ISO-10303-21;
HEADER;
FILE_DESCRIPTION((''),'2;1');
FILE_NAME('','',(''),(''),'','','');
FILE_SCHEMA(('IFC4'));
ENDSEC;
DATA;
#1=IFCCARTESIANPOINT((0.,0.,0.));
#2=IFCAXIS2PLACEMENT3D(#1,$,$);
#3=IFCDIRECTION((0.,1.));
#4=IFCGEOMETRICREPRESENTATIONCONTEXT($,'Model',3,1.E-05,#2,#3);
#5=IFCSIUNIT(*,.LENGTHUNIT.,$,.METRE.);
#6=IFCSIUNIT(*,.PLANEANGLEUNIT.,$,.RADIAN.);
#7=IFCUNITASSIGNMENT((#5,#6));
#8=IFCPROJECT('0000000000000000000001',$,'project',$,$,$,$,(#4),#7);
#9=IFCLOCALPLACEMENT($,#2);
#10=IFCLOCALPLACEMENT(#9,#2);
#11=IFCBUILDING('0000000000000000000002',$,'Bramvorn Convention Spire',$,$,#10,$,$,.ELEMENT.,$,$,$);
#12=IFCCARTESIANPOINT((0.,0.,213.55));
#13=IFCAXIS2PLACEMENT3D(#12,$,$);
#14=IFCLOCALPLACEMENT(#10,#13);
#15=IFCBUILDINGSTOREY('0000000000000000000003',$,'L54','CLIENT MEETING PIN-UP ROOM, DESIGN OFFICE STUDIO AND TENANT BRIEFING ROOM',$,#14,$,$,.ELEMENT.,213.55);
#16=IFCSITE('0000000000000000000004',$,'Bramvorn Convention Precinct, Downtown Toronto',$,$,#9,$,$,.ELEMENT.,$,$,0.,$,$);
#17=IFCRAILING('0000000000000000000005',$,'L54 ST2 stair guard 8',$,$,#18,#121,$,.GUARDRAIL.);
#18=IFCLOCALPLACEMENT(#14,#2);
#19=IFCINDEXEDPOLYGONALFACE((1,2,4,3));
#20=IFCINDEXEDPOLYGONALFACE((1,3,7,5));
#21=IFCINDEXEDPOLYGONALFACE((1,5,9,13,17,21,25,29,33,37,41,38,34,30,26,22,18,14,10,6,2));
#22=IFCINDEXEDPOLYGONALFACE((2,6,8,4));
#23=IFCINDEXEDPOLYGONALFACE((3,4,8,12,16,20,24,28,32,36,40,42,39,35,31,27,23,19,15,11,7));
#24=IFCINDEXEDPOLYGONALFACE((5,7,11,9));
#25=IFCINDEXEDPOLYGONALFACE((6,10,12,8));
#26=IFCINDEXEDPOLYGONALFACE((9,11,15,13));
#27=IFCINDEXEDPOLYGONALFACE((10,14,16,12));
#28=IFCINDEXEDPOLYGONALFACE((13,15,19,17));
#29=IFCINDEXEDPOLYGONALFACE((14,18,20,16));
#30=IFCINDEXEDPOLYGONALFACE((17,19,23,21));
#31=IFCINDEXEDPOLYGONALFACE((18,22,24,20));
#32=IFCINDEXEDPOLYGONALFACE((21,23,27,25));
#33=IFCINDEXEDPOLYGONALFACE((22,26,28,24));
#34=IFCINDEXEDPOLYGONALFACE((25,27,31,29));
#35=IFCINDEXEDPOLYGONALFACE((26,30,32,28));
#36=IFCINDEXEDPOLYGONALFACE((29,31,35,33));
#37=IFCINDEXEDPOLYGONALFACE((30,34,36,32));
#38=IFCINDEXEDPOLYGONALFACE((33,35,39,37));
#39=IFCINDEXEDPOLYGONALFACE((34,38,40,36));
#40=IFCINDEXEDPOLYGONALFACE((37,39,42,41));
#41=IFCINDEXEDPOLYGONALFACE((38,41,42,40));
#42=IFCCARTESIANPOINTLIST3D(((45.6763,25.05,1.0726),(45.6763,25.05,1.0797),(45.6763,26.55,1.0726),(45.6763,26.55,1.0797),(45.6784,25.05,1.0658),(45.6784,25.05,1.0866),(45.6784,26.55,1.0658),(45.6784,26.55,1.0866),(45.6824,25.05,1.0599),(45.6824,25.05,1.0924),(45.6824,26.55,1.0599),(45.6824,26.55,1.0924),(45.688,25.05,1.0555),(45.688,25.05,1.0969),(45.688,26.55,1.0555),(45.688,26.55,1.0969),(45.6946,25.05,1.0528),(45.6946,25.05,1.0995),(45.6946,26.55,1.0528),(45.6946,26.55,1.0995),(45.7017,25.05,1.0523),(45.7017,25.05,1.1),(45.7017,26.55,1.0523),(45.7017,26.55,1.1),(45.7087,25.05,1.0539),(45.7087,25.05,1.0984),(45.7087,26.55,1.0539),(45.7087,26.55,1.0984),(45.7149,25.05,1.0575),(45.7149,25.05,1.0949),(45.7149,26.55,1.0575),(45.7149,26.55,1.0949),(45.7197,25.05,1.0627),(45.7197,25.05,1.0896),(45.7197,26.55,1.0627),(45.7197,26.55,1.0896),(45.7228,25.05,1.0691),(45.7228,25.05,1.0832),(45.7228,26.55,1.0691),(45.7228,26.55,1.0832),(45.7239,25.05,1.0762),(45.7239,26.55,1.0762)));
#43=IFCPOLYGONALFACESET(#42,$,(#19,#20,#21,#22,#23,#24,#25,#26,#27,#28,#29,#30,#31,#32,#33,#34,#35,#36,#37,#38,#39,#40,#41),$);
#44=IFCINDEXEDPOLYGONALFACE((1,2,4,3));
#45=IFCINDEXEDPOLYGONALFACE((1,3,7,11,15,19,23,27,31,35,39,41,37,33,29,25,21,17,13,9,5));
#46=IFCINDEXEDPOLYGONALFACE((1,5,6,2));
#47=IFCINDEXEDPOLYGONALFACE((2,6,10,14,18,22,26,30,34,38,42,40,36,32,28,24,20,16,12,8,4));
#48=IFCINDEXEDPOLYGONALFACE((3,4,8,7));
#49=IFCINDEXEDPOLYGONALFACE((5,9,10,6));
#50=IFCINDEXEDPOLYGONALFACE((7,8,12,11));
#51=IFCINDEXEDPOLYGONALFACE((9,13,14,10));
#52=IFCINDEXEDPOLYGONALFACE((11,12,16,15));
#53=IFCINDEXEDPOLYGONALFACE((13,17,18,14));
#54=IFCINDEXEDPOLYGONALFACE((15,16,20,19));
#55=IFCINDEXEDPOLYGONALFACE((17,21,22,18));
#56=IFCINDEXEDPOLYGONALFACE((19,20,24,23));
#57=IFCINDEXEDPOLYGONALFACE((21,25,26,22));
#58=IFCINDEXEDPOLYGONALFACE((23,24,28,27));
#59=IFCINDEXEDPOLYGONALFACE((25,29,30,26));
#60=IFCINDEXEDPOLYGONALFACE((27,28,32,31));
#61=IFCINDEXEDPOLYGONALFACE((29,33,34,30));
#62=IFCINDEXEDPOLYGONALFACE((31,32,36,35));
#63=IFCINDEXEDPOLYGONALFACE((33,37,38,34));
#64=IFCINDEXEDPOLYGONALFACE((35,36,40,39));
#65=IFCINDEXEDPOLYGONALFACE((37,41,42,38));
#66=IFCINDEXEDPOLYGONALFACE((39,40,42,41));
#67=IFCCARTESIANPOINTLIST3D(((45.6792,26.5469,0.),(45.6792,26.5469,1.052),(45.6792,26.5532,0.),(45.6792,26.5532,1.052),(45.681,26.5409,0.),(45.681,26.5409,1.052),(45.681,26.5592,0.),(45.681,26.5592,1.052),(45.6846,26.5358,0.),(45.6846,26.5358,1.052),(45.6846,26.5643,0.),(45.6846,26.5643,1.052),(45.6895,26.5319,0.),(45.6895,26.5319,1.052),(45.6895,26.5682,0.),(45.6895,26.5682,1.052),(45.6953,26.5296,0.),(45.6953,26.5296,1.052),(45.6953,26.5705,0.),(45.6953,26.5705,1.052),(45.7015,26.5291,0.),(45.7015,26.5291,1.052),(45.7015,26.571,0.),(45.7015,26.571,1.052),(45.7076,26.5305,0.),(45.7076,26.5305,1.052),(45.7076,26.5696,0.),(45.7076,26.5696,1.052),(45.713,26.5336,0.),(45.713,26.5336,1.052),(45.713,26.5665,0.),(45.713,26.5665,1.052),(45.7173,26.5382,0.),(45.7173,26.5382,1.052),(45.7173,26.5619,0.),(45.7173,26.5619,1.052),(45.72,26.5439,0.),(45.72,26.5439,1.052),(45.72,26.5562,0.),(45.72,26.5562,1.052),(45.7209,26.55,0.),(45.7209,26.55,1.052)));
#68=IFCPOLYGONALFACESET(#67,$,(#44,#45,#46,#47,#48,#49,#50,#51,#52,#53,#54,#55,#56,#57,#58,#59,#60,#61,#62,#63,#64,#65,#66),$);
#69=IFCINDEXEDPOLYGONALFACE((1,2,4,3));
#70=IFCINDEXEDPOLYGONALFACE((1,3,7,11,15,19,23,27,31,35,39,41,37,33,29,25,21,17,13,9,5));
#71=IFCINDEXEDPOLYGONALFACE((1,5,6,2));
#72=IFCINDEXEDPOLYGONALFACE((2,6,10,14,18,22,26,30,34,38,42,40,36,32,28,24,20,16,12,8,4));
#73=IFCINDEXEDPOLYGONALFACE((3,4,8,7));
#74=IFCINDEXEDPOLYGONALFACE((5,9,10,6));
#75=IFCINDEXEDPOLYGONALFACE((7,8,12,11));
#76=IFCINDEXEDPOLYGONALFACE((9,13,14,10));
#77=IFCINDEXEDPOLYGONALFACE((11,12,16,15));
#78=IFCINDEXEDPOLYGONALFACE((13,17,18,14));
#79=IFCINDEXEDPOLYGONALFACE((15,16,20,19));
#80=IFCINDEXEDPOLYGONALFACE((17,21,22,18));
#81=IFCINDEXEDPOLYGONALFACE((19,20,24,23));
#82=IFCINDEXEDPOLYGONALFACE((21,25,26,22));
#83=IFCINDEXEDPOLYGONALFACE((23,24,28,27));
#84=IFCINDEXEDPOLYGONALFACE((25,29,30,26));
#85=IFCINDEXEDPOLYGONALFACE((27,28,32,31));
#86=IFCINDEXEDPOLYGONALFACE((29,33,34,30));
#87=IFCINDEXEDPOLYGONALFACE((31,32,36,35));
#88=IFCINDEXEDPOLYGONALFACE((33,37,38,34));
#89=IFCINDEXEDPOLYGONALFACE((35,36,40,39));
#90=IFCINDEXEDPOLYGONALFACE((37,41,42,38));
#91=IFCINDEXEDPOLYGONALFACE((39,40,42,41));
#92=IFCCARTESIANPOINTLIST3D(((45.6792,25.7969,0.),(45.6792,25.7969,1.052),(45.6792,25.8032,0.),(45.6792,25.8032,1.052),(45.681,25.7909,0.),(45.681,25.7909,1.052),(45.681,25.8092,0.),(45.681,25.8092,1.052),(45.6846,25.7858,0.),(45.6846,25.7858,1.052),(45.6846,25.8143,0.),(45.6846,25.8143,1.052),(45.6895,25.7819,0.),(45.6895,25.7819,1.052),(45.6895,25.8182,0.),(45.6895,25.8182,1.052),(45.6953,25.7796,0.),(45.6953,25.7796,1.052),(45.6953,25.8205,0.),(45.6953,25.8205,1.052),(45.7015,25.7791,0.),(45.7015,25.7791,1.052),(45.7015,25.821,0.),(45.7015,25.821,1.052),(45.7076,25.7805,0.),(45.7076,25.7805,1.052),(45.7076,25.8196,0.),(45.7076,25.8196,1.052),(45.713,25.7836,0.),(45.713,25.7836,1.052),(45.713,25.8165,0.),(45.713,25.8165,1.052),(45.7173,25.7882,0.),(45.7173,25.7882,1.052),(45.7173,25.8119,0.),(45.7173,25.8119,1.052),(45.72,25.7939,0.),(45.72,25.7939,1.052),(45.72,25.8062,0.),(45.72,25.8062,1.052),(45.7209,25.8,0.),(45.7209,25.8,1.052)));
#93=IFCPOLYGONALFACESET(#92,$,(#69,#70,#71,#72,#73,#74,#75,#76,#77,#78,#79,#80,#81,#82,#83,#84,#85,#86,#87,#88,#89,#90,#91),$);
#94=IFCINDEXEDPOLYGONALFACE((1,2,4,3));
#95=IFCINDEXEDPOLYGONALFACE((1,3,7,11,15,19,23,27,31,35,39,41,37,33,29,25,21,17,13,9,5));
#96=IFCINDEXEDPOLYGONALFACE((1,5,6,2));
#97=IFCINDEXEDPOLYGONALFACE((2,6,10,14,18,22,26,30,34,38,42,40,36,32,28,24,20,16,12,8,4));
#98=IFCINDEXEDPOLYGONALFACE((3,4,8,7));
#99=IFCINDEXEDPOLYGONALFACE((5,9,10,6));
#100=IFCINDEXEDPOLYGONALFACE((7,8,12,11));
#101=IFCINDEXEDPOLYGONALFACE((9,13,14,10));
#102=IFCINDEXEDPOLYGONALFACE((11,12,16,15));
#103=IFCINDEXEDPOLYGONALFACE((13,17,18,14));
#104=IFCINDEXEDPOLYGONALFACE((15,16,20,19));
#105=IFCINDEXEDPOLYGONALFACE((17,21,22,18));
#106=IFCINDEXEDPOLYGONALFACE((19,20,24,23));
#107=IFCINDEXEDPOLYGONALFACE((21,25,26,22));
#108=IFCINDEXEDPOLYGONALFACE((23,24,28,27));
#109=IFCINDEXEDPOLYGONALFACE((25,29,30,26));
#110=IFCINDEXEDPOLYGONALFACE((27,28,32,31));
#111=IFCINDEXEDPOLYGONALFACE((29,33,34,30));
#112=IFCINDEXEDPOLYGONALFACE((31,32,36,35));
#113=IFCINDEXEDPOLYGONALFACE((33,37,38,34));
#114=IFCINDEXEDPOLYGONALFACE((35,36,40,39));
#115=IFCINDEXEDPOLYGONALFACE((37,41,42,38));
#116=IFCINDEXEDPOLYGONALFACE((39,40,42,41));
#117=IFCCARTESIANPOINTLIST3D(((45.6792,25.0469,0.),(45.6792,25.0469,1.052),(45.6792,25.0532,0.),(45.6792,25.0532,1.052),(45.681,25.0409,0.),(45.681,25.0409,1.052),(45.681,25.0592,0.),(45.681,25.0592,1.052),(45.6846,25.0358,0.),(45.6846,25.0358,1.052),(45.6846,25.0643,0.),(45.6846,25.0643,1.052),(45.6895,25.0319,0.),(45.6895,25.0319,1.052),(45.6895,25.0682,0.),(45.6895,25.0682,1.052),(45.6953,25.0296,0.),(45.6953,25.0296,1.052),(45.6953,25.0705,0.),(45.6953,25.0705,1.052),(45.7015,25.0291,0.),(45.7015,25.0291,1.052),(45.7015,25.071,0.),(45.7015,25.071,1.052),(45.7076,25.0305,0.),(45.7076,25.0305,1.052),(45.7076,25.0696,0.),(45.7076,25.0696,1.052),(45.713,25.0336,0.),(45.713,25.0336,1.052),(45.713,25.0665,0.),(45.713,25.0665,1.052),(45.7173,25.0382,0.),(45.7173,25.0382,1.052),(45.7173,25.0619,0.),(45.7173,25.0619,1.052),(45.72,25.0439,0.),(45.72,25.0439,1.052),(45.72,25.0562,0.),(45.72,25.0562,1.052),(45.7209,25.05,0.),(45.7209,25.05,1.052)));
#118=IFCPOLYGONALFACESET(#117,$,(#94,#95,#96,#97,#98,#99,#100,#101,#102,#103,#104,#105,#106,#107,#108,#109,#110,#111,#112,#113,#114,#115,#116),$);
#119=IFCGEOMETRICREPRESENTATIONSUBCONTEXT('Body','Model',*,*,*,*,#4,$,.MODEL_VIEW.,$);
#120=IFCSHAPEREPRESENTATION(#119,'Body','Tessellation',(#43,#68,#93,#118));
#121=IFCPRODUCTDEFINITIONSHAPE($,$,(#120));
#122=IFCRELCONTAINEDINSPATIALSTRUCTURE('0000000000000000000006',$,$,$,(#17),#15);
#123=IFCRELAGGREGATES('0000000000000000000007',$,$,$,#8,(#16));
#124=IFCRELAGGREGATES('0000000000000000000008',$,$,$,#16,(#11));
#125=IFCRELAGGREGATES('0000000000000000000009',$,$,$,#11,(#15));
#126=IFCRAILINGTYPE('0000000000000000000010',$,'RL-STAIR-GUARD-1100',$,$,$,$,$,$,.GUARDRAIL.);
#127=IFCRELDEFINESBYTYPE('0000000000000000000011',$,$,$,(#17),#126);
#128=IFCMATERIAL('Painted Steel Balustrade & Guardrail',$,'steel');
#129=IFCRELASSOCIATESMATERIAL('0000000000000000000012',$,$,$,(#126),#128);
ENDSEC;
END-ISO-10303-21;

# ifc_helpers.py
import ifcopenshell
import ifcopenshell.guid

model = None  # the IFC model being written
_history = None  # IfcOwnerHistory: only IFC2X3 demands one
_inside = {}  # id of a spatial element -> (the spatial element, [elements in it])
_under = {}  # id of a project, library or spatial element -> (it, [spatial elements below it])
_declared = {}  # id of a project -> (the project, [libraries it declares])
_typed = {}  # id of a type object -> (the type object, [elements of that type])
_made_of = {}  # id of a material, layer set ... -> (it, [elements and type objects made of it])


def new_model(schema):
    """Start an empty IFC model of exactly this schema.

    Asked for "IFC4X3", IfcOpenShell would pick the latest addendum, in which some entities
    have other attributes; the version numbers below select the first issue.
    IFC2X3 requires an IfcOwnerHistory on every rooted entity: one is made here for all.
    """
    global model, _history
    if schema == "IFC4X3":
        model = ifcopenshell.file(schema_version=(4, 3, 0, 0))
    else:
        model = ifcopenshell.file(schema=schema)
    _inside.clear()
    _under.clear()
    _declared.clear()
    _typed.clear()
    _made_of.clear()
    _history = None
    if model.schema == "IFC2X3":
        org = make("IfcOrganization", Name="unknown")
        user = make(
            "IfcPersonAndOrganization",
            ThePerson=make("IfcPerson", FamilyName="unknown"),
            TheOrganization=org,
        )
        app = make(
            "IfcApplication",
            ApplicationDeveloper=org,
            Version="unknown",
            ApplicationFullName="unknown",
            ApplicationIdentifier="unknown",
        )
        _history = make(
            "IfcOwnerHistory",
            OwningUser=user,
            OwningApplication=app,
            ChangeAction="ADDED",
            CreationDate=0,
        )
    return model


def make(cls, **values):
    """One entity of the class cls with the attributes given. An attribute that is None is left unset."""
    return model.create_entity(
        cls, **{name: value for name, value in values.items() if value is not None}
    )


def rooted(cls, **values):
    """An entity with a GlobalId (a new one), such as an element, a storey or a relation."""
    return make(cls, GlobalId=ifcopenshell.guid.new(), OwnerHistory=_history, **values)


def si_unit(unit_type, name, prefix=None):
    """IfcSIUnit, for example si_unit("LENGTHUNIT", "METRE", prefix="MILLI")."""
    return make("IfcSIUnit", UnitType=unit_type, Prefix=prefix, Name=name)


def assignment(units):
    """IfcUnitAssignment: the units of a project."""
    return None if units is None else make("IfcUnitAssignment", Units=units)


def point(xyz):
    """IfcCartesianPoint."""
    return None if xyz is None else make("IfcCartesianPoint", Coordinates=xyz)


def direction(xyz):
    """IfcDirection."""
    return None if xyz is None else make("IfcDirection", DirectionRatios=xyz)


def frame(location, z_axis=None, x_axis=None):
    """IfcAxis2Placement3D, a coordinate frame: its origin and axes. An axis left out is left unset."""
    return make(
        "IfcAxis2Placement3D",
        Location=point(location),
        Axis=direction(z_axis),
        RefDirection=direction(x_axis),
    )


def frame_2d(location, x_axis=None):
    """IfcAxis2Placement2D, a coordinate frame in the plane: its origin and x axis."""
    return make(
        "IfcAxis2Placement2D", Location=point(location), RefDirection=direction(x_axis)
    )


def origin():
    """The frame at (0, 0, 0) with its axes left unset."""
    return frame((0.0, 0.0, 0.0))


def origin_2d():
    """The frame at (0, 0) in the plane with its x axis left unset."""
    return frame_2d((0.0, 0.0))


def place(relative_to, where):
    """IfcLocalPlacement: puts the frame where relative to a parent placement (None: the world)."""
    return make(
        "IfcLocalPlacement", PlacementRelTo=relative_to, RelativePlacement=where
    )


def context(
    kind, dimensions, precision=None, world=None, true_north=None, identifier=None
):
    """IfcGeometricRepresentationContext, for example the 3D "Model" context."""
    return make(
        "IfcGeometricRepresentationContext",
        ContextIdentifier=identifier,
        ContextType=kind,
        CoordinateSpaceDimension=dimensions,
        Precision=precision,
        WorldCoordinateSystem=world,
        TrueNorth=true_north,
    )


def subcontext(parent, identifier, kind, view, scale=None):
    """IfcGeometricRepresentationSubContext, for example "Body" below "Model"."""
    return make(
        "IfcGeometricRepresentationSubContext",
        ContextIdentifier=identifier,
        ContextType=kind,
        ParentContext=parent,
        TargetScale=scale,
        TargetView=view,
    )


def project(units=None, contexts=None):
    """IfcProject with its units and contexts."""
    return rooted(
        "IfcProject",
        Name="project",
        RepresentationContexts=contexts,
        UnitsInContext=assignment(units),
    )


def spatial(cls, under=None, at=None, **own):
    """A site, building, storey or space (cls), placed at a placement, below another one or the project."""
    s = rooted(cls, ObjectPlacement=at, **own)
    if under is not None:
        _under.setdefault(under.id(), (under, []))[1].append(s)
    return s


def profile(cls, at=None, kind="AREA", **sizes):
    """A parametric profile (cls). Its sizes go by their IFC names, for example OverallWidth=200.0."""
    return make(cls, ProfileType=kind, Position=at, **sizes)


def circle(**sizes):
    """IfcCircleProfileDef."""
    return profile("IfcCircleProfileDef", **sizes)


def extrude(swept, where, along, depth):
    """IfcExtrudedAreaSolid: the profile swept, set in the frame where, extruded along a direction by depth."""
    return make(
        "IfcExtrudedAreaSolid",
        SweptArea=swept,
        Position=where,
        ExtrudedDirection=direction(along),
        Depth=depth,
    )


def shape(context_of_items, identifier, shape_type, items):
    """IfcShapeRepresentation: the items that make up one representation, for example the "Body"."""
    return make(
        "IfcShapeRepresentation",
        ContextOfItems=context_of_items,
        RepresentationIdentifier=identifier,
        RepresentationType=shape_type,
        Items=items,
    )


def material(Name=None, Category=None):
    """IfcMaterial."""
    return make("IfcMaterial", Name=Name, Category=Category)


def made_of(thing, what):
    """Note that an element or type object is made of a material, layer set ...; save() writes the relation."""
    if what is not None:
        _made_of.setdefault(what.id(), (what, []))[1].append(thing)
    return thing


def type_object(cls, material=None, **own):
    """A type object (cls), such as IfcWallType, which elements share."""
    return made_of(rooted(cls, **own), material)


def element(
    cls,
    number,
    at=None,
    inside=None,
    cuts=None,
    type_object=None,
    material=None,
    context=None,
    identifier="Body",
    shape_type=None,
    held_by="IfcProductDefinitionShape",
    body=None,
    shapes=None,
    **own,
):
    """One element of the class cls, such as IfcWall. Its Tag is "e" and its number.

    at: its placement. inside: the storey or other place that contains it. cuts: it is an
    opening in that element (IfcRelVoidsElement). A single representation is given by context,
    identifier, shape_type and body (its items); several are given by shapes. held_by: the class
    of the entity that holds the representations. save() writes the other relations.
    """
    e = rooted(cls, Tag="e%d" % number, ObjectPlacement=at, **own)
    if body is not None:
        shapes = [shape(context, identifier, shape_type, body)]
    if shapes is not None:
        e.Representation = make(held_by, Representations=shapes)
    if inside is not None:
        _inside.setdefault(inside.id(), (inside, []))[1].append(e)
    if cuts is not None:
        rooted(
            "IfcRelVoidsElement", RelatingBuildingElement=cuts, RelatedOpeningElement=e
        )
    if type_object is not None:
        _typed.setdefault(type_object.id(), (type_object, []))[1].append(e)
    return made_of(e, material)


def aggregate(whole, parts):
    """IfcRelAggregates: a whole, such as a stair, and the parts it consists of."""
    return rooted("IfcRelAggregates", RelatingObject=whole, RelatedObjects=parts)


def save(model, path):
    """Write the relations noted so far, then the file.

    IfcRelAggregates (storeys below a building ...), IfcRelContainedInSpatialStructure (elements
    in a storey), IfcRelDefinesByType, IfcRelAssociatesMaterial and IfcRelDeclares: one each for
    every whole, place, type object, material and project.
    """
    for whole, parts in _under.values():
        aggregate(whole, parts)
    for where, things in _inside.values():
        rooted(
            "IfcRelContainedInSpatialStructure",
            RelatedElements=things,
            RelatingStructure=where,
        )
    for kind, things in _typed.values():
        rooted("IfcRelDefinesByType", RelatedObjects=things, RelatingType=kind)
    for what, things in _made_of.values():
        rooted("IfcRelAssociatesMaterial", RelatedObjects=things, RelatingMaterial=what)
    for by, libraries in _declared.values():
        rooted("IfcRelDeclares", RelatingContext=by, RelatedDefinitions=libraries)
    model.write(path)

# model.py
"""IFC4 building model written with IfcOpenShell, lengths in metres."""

from ifc_helpers import new_model, si_unit, direction, frame, origin, origin_2d, place, context, subcontext, project, spatial, circle, extrude, material, type_object, element, save


model = new_model("IFC4")

# Units and contexts
model_context = context("Model", 3, precision=1e-05, world=origin(), true_north=direction((0.0, 1.0)))
body_context = subcontext(model_context, "Body", "Model", "MODEL_VIEW")
ifc_project = project(units=[si_unit("LENGTHUNIT", "METRE"), si_unit("PLANEANGLEUNIT", "RADIAN")], contexts=[model_context])

# Site, building, storey
site_placement = place(None, origin())
site = spatial("IfcSite", under=ifc_project, at=site_placement, Name="Bramvorn Convention Precinct, Downtown Toronto", CompositionType="ELEMENT", RefElevation=0.0)
building_placement = place(site_placement, origin())
building = spatial("IfcBuilding", under=site, at=building_placement, Name="Bramvorn Convention Spire", CompositionType="ELEMENT")
storey_placement = place(building_placement, frame((0.0, 0.0, 213.55)))
storey = spatial("IfcBuildingStorey", under=building, at=storey_placement, Name="L54", Description="CLIENT MEETING PIN-UP ROOM, DESIGN OFFICE STUDIO AND TENANT BRIEFING ROOM", CompositionType="ELEMENT", Elevation=213.55)

# Railing
ifc_material_1 = material(Name="Painted Steel Balustrade & Guardrail", Category="steel")
railing_type_1 = type_object("IfcRailingType", Name="RL-STAIR-GUARD-1100", PredefinedType="GUARDRAIL", material=ifc_material_1)
railing_1_placement = place(storey_placement, frame((45.7, 26.55, 0.0)))
element("IfcRailing", 1, at=railing_1_placement, inside=storey, type_object=railing_type_1, Name="L54 ST2 stair guard 8", PredefinedType="GUARDRAIL", context=body_context, shape_type="SweptSolid", body=[
    extrude(circle(Radius=0.0239, at=origin_2d()), frame((0.0, 0.0, 1.0762), z_axis=(0.0, -1.0, 0.0), x_axis=(1.0, 0.0, 0.0)), (0.0, 0.0, 1.0), 1.5),
    extrude(circle(Radius=0.021, at=origin_2d()), origin(), (0.0, 0.0, 1.0), 1.052),
    extrude(circle(Radius=0.021, at=origin_2d()), frame((0.0, -0.75, 0.0)), (0.0, 0.0, 1.0), 1.052),
    extrude(circle(Radius=0.021, at=origin_2d()), frame((0.0, -1.5, 0.0)), (0.0, 0.0, 1.0), 1.052),
])

save(model, "model.ifc")
